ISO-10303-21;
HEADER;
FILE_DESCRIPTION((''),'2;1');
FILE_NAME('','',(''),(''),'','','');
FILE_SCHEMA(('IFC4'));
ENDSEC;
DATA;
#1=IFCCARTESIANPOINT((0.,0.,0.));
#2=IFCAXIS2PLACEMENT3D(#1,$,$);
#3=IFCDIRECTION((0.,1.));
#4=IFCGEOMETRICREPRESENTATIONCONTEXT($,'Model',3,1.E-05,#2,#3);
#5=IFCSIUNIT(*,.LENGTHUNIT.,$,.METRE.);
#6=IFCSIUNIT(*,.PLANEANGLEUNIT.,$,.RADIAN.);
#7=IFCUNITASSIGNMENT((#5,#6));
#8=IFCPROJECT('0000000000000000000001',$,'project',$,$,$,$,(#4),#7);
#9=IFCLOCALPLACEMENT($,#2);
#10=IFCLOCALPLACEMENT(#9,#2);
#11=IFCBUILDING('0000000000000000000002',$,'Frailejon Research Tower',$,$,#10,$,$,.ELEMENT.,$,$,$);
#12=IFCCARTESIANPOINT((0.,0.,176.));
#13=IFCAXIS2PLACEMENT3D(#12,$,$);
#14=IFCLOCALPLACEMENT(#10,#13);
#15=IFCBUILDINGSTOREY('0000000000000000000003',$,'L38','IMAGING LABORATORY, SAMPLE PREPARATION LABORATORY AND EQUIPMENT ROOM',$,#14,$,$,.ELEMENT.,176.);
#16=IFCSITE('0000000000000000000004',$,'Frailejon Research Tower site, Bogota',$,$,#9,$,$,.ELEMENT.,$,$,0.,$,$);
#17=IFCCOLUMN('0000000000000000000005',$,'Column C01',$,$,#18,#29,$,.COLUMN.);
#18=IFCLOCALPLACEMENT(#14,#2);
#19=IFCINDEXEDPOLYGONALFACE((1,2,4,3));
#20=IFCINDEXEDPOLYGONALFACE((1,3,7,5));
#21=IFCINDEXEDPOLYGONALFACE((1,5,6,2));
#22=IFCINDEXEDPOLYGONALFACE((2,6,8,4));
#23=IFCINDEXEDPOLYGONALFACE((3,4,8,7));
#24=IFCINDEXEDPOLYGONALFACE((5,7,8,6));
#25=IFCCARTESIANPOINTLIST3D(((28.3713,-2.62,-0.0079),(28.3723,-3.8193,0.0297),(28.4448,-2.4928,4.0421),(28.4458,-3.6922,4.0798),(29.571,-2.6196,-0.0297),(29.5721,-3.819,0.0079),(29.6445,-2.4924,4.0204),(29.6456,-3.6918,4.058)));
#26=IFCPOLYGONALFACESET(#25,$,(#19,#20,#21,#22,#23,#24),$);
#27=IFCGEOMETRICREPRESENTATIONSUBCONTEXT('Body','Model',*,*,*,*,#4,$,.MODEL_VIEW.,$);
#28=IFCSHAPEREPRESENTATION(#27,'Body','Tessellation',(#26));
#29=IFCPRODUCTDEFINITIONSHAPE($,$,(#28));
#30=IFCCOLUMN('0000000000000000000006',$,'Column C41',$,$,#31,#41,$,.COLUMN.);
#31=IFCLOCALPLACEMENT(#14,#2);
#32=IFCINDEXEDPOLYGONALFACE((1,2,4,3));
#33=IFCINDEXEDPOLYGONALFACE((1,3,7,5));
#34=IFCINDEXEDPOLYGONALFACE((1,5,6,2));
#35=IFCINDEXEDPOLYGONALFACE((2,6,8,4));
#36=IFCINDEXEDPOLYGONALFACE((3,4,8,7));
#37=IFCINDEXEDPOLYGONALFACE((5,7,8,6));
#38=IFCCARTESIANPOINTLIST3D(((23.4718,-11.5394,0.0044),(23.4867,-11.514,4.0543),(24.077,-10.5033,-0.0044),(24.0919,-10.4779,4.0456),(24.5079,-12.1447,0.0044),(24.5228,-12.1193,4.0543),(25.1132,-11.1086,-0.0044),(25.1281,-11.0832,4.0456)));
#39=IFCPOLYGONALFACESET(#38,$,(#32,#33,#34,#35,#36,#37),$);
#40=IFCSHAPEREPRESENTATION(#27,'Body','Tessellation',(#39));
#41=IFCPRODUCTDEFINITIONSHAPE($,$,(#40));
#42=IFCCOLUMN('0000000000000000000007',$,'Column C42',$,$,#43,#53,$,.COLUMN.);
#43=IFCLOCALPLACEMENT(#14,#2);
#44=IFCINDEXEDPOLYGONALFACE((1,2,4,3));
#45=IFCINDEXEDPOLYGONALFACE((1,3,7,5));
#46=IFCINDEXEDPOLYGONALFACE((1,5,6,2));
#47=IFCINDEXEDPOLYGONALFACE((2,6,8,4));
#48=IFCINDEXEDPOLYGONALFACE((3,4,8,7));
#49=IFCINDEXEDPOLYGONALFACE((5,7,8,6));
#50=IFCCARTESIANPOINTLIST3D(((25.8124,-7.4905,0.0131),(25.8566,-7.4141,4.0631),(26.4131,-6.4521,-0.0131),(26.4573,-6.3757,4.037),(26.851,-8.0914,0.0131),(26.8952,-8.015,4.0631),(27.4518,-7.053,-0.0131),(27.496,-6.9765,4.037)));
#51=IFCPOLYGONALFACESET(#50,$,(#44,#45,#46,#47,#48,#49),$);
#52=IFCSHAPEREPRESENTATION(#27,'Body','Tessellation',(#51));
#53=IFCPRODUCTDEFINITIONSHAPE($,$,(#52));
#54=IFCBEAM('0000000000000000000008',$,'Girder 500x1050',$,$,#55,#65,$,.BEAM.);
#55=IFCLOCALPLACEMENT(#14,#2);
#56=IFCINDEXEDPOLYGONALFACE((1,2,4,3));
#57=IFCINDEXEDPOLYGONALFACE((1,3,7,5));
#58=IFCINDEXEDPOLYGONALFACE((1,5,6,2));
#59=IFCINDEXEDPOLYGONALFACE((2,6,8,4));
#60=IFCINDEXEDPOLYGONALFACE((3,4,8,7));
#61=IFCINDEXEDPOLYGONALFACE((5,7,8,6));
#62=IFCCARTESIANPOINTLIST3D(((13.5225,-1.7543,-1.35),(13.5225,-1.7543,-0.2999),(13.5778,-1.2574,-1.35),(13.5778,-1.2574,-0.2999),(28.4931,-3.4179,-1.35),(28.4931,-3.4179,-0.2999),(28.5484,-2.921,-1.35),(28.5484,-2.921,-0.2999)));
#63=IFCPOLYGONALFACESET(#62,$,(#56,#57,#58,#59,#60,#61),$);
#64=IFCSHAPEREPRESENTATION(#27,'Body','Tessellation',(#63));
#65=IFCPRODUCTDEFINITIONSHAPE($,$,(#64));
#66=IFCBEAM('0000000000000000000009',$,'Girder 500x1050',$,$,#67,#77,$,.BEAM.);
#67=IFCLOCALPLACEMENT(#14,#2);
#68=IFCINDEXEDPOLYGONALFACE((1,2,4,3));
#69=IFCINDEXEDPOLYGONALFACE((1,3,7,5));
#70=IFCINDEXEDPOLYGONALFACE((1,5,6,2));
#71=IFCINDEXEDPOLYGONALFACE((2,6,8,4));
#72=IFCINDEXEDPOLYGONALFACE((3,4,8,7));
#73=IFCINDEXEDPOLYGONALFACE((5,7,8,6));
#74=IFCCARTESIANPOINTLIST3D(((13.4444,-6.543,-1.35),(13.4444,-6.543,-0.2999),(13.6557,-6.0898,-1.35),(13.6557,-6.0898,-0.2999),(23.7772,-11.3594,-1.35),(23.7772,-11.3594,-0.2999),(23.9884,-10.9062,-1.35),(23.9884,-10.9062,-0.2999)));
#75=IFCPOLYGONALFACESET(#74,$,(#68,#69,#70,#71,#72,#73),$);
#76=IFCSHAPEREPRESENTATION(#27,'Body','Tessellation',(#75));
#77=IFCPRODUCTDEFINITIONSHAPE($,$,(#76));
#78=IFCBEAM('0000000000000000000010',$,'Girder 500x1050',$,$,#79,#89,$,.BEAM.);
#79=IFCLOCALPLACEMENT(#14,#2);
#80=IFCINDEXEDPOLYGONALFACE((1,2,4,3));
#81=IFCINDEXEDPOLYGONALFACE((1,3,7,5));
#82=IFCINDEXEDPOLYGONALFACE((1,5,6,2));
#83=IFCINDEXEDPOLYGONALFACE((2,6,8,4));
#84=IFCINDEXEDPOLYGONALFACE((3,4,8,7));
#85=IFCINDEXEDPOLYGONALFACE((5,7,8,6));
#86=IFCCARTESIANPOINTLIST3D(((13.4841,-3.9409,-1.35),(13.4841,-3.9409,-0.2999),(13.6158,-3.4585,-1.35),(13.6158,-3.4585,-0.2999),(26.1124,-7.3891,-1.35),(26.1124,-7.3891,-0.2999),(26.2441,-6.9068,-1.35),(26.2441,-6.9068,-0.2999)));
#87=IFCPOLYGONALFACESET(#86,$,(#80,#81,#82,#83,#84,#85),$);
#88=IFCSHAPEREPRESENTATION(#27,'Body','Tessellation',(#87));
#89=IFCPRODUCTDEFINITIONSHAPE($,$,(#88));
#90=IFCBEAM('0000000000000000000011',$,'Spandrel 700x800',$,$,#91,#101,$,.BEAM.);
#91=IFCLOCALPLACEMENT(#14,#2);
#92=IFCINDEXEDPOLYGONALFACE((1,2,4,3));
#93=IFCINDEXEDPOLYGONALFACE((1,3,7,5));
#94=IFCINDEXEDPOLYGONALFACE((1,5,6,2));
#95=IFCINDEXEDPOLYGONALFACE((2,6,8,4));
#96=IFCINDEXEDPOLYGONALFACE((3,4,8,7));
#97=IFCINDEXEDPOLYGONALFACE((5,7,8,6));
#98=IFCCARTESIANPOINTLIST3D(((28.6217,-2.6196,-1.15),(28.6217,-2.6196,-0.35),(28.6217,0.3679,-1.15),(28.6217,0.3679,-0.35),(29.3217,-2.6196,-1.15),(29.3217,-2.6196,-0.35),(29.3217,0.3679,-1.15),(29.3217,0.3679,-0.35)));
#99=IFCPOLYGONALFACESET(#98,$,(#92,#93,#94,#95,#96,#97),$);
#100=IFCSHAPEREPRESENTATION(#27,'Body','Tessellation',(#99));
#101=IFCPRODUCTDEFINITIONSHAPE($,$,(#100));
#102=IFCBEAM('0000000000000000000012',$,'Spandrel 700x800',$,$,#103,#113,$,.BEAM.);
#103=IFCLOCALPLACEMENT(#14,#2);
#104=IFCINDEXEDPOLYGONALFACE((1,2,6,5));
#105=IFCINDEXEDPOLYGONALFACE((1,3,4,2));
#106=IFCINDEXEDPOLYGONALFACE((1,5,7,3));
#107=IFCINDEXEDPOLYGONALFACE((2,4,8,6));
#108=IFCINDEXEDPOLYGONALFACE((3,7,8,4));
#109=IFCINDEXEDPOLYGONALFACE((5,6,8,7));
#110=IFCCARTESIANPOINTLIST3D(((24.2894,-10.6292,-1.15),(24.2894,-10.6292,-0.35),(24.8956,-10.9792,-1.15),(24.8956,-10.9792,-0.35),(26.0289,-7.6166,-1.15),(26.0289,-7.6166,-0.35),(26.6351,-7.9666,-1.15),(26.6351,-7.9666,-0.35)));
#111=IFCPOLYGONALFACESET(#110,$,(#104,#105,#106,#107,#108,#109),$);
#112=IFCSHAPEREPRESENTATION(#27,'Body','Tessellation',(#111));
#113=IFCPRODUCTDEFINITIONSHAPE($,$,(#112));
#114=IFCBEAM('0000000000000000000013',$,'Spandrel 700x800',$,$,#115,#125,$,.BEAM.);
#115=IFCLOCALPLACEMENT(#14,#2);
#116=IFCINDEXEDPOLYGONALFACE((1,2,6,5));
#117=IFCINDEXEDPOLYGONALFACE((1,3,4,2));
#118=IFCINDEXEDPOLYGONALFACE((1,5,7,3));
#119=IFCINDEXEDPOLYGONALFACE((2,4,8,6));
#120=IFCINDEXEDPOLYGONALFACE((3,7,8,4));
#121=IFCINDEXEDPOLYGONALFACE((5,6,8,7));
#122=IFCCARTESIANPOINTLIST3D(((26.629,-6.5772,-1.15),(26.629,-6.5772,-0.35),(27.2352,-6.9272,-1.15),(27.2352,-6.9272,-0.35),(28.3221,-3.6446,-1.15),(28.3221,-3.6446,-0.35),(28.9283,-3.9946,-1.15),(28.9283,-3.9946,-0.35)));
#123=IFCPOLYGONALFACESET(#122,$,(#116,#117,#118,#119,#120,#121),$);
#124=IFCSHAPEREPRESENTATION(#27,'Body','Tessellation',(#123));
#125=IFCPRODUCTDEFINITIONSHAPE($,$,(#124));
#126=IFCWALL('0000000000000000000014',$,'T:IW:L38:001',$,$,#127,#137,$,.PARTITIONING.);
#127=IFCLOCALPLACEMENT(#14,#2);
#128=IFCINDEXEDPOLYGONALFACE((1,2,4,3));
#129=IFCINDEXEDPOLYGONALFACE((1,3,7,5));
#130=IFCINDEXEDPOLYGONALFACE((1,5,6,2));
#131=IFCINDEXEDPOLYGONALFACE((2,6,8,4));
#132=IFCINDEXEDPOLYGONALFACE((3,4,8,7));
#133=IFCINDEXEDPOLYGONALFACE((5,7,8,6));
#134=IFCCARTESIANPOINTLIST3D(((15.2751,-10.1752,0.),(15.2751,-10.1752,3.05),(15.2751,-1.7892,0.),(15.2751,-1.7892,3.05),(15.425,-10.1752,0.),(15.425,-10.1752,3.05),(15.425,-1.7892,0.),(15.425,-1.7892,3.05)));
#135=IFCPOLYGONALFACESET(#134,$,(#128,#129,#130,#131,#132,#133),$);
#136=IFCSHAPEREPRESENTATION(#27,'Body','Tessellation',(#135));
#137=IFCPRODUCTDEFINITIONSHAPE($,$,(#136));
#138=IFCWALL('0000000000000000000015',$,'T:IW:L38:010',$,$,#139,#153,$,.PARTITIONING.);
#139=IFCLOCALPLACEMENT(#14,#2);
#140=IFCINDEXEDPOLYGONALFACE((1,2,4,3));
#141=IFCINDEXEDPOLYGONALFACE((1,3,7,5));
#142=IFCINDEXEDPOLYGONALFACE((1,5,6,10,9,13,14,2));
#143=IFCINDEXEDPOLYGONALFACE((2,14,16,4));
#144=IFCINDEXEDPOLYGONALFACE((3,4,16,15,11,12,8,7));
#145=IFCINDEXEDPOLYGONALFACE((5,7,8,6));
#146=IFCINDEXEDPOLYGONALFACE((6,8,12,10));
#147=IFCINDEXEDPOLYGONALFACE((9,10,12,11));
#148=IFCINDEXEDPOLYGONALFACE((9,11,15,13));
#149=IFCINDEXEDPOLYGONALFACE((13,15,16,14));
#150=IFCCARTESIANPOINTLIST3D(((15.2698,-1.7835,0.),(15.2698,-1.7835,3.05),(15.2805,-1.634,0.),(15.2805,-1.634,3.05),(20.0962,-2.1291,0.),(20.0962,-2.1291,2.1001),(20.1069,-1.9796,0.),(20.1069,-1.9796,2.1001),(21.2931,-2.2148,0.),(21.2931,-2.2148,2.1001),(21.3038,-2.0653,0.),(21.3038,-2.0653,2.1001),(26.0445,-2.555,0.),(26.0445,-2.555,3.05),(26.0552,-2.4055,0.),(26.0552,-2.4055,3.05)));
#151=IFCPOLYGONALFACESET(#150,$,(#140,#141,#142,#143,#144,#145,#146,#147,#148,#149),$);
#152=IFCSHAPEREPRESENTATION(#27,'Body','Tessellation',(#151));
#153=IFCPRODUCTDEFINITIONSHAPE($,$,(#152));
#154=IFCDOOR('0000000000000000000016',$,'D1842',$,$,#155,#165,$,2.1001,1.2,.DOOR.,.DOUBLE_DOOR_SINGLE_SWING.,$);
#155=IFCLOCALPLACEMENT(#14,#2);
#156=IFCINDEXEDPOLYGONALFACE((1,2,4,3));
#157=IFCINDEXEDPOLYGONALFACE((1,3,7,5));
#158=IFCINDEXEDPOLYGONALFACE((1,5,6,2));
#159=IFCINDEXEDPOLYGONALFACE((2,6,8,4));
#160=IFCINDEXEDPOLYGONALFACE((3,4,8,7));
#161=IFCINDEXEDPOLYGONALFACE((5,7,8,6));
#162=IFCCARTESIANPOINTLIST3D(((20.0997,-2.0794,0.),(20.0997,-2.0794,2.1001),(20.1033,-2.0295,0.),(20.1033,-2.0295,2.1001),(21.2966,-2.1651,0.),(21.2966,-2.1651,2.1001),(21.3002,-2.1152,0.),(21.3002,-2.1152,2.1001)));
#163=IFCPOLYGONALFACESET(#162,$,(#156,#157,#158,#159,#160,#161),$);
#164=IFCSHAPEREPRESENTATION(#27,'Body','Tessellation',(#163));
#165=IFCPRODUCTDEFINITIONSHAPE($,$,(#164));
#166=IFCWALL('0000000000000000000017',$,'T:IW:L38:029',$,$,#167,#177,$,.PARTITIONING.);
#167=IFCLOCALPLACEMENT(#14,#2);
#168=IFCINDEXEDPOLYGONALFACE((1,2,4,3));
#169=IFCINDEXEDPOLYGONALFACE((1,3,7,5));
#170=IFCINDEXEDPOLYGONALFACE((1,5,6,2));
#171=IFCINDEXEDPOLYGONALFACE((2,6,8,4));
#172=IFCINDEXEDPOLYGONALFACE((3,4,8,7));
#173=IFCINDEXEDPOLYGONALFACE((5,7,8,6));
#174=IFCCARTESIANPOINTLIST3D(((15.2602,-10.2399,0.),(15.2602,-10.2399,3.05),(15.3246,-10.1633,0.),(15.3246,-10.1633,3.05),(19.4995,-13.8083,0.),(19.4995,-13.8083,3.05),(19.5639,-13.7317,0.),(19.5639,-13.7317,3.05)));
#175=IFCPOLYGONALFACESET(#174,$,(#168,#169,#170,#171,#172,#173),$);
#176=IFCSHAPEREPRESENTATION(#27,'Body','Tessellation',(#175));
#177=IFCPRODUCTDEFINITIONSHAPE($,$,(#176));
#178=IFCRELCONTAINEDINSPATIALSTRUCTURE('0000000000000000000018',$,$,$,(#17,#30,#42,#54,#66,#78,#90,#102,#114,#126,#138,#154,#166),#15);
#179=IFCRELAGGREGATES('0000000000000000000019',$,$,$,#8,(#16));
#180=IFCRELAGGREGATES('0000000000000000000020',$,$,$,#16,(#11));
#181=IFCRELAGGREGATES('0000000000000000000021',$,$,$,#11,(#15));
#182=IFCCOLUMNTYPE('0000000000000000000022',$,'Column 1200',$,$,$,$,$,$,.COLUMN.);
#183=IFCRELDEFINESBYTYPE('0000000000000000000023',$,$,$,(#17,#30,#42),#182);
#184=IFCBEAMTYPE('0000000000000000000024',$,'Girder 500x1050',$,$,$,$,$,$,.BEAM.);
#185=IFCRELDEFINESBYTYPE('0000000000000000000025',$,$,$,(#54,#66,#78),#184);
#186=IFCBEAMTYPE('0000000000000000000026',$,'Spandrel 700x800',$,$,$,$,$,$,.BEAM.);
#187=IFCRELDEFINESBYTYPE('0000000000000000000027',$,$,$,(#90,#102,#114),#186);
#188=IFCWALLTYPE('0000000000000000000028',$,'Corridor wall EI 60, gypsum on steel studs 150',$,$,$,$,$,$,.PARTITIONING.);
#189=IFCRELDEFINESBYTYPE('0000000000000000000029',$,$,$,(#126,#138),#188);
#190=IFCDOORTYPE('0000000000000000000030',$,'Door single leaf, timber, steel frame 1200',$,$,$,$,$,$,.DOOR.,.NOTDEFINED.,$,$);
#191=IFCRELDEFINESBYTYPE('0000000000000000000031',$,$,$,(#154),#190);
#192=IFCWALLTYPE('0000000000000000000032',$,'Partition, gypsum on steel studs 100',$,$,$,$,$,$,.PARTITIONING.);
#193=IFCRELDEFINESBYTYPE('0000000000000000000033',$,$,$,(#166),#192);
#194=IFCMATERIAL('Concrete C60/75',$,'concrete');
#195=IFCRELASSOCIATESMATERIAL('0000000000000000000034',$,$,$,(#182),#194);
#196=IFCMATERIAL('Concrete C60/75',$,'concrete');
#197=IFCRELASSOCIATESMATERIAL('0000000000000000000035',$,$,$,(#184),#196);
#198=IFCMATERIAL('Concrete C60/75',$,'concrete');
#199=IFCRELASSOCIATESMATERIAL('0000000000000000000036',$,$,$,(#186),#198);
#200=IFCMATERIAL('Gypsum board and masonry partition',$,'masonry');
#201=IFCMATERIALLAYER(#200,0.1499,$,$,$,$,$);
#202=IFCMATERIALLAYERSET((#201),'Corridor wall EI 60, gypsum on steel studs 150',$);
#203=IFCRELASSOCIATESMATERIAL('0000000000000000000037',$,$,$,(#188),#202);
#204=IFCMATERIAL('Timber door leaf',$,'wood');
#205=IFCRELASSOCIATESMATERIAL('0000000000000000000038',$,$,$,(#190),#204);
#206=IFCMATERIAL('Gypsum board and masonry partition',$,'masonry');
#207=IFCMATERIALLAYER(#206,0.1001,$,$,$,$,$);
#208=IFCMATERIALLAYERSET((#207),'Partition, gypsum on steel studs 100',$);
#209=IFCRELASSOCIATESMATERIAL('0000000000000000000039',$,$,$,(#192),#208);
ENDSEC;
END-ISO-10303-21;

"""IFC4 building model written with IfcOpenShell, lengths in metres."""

from ifc_helpers import new_model, si_unit, direction, frame, frame_2d, origin, origin_2d, place, context, subcontext, project, spatial, rectangle, extrude, material, layer, layer_set, material_profile, profile_set, type_object, element, fill, save


model = new_model("IFC4")

# Units and contexts
model_context = context("Model", 3, precision=1e-05, world=origin(), true_north=direction((0.0, 1.0)))
body_context = subcontext(model_context, "Body", "Model", "MODEL_VIEW")
ifc_project = project(units=[si_unit("LENGTHUNIT", "METRE"), si_unit("PLANEANGLEUNIT", "RADIAN")], contexts=[model_context])

# Site, building, storey
site_placement = place(None, origin())
site = spatial("IfcSite", under=ifc_project, at=site_placement, Name="Frailejon Research Tower site, Bogota", CompositionType="ELEMENT", RefElevation=0.0)
building_placement = place(site_placement, origin())
building = spatial("IfcBuilding", under=site, at=building_placement, Name="Frailejon Research Tower", CompositionType="ELEMENT")
storey_placement = place(building_placement, frame((0.0, 0.0, 176.0)))
storey = spatial("IfcBuildingStorey", under=building, at=storey_placement, Name="L38", Description="IMAGING LABORATORY, SAMPLE PREPARATION LABORATORY AND EQUIPMENT ROOM", CompositionType="ELEMENT", Elevation=176.0)

# Columns
ifc_material_1 = material(Name="Concrete C60/75", Category="concrete")
ifc_material_profile_1 = material_profile(ifc_material_1, rectangle(XDim=1.2, YDim=1.2, at=origin_2d()), Name="Column 1200")
ifc_profile_set_1 = profile_set([ifc_material_profile_1], Name="Concrete C60/75")
column_type = type_object("IfcColumnType", Name="Column 1200", PredefinedType="COLUMN", material=ifc_profile_set_1)
column_1_placement = place(storey_placement, frame((28.9717, -3.2195, 0.0), z_axis=(0.018133, 0.031386, 0.999343), x_axis=(-0.000879, 0.999507, -0.031375)))
element("IfcColumn", 1, at=column_1_placement, inside=storey, type_object=column_type, Name="Column C01", PredefinedType="COLUMN", context=body_context, shape_type="SweptSolid", body=[
    extrude(rectangle(XDim=1.2, YDim=1.2, at=origin_2d()), origin(), (0.0, 0.0, 1.0), 4.0527),
])
column_2_placement = place(storey_placement, frame((24.2925, -11.324, 0.0), z_axis=(0.003677, 0.006269, 0.999974), x_axis=(0.504393, 0.863444, -0.007268)))
element("IfcColumn", 2, at=column_2_placement, inside=storey, type_object=column_type, Name="Column C41", PredefinedType="COLUMN", context=body_context, shape_type="SweptSolid", body=[
    extrude(rectangle(XDim=1.2, YDim=1.2, at=origin_2d()), origin(), (0.0, 0.0, 1.0), 4.05),
])
column_3_placement = place(storey_placement, frame((26.6321, -7.2717, 0.0), z_axis=(0.010908, 0.018863, 0.999763), x_axis=(0.500638, 0.865382, -0.02179)))
element("IfcColumn", 3, at=column_3_placement, inside=storey, type_object=column_type, Name="Column C42", PredefinedType="COLUMN", context=body_context, shape_type="SweptSolid", body=[
    extrude(rectangle(XDim=1.2, YDim=1.2, at=origin_2d()), origin(), (0.0, 0.0, 1.0), 4.051),
])

# Beams
ifc_material_2 = material(Name="Concrete C60/75", Category="concrete")
ifc_material_profile_2 = material_profile(ifc_material_2, rectangle(XDim=0.5, YDim=1.05, at=origin_2d()), Name="Girder 500x1050")
ifc_profile_set_2 = profile_set([ifc_material_profile_2], Name="Concrete C60/75")
beam_type_1 = type_object("IfcBeamType", Name="Girder 500x1050", PredefinedType="BEAM", material=ifc_profile_set_2)
beam_1_placement = place(storey_placement, frame((28.5208, -3.1694, -0.825), z_axis=(-0.993883, 0.110442, 0.0), x_axis=(-0.110442, -0.993883, 0.0)))
element("IfcBeam", 4, at=beam_1_placement, inside=storey, type_object=beam_type_1, Name="Girder 500x1050", PredefinedType="BEAM", context=body_context, shape_type="SweptSolid", body=[
    extrude(rectangle(XDim=0.5, YDim=1.05, at=origin_2d()), origin(), (0.0, 0.0, 1.0), 15.0627),
])
beam_2_placement = place(storey_placement, frame((23.8828, -11.1328, -0.825), z_axis=(-0.90637, 0.422486, 0.0), x_axis=(-0.422486, -0.90637, 0.0)))
element("IfcBeam", 5, at=beam_2_placement, inside=storey, type_object=beam_type_1, Name="Girder 500x1050", PredefinedType="BEAM", context=body_context, shape_type="SweptSolid", body=[
    extrude(rectangle(XDim=0.5, YDim=1.05, at=origin_2d()), origin(), (0.0, 0.0, 1.0), 11.4001),
])
beam_3_placement = place(storey_placement, frame((26.1782, -7.1479, -0.825), z_axis=(-0.964682, 0.263416, 0.0), x_axis=(-0.263416, -0.964682, 0.0)))
element("IfcBeam", 6, at=beam_3_placement, inside=storey, type_object=beam_type_1, Name="Girder 500x1050", PredefinedType="BEAM", context=body_context, shape_type="SweptSolid", body=[
    extrude(rectangle(XDim=0.5, YDim=1.05, at=origin_2d()), origin(), (0.0, 0.0, 1.0), 13.0906),
])
ifc_material_3 = material(Name="Concrete C60/75", Category="concrete")
ifc_material_profile_3 = material_profile(ifc_material_3, rectangle(XDim=0.7, YDim=0.8, at=origin_2d()), Name="Spandrel 700x800")
ifc_profile_set_3 = profile_set([ifc_material_profile_3], Name="Concrete C60/75")
beam_type_2 = type_object("IfcBeamType", Name="Spandrel 700x800", PredefinedType="BEAM", material=ifc_profile_set_3)
beam_4_placement = place(storey_placement, frame((28.9717, -2.6196, -0.75), z_axis=(0.0, 1.0, 0.0), x_axis=(-1.0, 0.0, 0.0)))
element("IfcBeam", 7, at=beam_4_placement, inside=storey, type_object=beam_type_2, Name="Spandrel 700x800", PredefinedType="BEAM", context=body_context, shape_type="SweptSolid", body=[
    extrude(rectangle(XDim=0.7, YDim=0.8, at=origin_2d()), origin(), (0.0, 0.0, 1.0), 2.9875),
])
beam_5_placement = place(storey_placement, frame((24.5925, -10.8042, -0.75), z_axis=(0.500026, 0.86601, 0.0), x_axis=(-0.86601, 0.500026, 0.0)))
element("IfcBeam", 8, at=beam_5_placement, inside=storey, type_object=beam_type_2, Name="Spandrel 700x800", PredefinedType="BEAM", context=body_context, shape_type="SweptSolid", body=[
    extrude(rectangle(XDim=0.7, YDim=0.8, at=origin_2d()), origin(), (0.0, 0.0, 1.0), 3.4788),
])
beam_6_placement = place(storey_placement, frame((26.9321, -6.7522, -0.75), z_axis=(0.499993, 0.86603, 0.0), x_axis=(-0.86603, 0.499993, 0.0)))
element("IfcBeam", 9, at=beam_6_placement, inside=storey, type_object=beam_type_2, Name="Spandrel 700x800", PredefinedType="BEAM", context=body_context, shape_type="SweptSolid", body=[
    extrude(rectangle(XDim=0.7, YDim=0.8, at=origin_2d()), origin(), (0.0, 0.0, 1.0), 3.3862),
])

# Wall
ifc_material_4 = material(Name="Gypsum board and masonry partition", Category="masonry")
ifc_layer_1 = layer(ifc_material_4, 0.1499)
ifc_layer_set_1 = layer_set([ifc_layer_1], Name="Corridor wall EI 60, gypsum on steel studs 150")
wall_type_1 = type_object("IfcWallType", Name="Corridor wall EI 60, gypsum on steel studs 150", PredefinedType="PARTITIONING", material=ifc_layer_set_1)
wall_1_placement = place(storey_placement, frame((15.3501, -10.175, 0.0), z_axis=(0.0, 0.0, 1.0), x_axis=(0.0, 1.0, 0.0)))
element("IfcWall", 10, at=wall_1_placement, inside=storey, type_object=wall_type_1, Name="T:IW:L38:001", PredefinedType="PARTITIONING", context=body_context, shape_type="SweptSolid", body=[
    extrude(rectangle(XDim=8.386, YDim=0.1499, at=frame_2d((4.1929, 0.0))), origin(), (0.0, 0.0, 1.0), 3.05),
])

# Wall, opening, door
wall_2_placement = place(storey_placement, frame((15.2751, -1.7087, 0.0), z_axis=(0.0, 0.0, 1.0), x_axis=(0.997446, -0.071419, 0.0)))
wall_2 = element("IfcWall", 11, at=wall_2_placement, inside=storey, type_object=wall_type_1, Name="T:IW:L38:010", PredefinedType="PARTITIONING", context=body_context, shape_type="SweptSolid", body=[
    extrude(rectangle(XDim=10.8022, YDim=0.1499, at=frame_2d((5.4011, 0.0))), origin(), (0.0, 0.0, 1.0), 3.05),
])
opening_1_placement = place(wall_2_placement, frame((4.8386, 0.0, 0.0)))
opening_1 = element("IfcOpeningElement", 12, at=opening_1_placement, cuts=wall_2, PredefinedType="OPENING", context=body_context, shape_type="SweptSolid", body=[
    extrude(rectangle(XDim=1.2, YDim=2.1001, at=frame_2d((0.6001, 1.05))), frame((0.0, 0.085, 0.0), z_axis=(0.0, -1.0, 0.0), x_axis=(1.0, 0.0, 0.0)), (0.0, 0.0, 1.0), 0.1699),
])
ifc_material_5 = material(Name="Timber door leaf", Category="wood")
door_type = type_object("IfcDoorType", Name="Door single leaf, timber, steel frame 1200", OperationType="NOTDEFINED", PredefinedType="DOOR", material=ifc_material_5)
door_placement = place(opening_1_placement, origin())
door = element("IfcDoor", 13, at=door_placement, inside=storey, type_object=door_type, Name="D1842", OperationType="DOUBLE_DOOR_SINGLE_SWING", OverallHeight=2.1001, OverallWidth=1.2, PredefinedType="DOOR", context=body_context, shape_type="SweptSolid", body=[
    extrude(rectangle(XDim=1.2, YDim=2.1001, at=frame_2d((0.6001, 1.05))), frame((0.0, 0.0249, 0.0), z_axis=(0.0, -1.0, 0.0), x_axis=(1.0, 0.0, 0.0)), (0.0, 0.0, 1.0), 0.05),
])
fill(opening_1, door)

# Wall
ifc_material_6 = material(Name="Gypsum board and masonry partition", Category="masonry")
ifc_layer_2 = layer(ifc_material_6, 0.1001)
ifc_layer_set_2 = layer_set([ifc_layer_2], Name="Partition, gypsum on steel studs 100")
wall_type_2 = type_object("IfcWallType", Name="Partition, gypsum on steel studs 100", PredefinedType="PARTITIONING", material=ifc_layer_set_2)
wall_3_placement = place(storey_placement, frame((15.2925, -10.2017, 0.0), z_axis=(0.0, 0.0, 1.0), x_axis=(0.765048, -0.643973, 0.0)))
element("IfcWall", 14, at=wall_3_placement, inside=storey, type_object=wall_type_2, Name="T:IW:L38:029", PredefinedType="PARTITIONING", context=body_context, shape_type="SweptSolid", body=[
    extrude(rectangle(XDim=5.5413, YDim=0.1001, at=frame_2d((2.7705, 0.0))), origin(), (0.0, 0.0, 1.0), 3.05),
])

save(model, "model.ifc")
